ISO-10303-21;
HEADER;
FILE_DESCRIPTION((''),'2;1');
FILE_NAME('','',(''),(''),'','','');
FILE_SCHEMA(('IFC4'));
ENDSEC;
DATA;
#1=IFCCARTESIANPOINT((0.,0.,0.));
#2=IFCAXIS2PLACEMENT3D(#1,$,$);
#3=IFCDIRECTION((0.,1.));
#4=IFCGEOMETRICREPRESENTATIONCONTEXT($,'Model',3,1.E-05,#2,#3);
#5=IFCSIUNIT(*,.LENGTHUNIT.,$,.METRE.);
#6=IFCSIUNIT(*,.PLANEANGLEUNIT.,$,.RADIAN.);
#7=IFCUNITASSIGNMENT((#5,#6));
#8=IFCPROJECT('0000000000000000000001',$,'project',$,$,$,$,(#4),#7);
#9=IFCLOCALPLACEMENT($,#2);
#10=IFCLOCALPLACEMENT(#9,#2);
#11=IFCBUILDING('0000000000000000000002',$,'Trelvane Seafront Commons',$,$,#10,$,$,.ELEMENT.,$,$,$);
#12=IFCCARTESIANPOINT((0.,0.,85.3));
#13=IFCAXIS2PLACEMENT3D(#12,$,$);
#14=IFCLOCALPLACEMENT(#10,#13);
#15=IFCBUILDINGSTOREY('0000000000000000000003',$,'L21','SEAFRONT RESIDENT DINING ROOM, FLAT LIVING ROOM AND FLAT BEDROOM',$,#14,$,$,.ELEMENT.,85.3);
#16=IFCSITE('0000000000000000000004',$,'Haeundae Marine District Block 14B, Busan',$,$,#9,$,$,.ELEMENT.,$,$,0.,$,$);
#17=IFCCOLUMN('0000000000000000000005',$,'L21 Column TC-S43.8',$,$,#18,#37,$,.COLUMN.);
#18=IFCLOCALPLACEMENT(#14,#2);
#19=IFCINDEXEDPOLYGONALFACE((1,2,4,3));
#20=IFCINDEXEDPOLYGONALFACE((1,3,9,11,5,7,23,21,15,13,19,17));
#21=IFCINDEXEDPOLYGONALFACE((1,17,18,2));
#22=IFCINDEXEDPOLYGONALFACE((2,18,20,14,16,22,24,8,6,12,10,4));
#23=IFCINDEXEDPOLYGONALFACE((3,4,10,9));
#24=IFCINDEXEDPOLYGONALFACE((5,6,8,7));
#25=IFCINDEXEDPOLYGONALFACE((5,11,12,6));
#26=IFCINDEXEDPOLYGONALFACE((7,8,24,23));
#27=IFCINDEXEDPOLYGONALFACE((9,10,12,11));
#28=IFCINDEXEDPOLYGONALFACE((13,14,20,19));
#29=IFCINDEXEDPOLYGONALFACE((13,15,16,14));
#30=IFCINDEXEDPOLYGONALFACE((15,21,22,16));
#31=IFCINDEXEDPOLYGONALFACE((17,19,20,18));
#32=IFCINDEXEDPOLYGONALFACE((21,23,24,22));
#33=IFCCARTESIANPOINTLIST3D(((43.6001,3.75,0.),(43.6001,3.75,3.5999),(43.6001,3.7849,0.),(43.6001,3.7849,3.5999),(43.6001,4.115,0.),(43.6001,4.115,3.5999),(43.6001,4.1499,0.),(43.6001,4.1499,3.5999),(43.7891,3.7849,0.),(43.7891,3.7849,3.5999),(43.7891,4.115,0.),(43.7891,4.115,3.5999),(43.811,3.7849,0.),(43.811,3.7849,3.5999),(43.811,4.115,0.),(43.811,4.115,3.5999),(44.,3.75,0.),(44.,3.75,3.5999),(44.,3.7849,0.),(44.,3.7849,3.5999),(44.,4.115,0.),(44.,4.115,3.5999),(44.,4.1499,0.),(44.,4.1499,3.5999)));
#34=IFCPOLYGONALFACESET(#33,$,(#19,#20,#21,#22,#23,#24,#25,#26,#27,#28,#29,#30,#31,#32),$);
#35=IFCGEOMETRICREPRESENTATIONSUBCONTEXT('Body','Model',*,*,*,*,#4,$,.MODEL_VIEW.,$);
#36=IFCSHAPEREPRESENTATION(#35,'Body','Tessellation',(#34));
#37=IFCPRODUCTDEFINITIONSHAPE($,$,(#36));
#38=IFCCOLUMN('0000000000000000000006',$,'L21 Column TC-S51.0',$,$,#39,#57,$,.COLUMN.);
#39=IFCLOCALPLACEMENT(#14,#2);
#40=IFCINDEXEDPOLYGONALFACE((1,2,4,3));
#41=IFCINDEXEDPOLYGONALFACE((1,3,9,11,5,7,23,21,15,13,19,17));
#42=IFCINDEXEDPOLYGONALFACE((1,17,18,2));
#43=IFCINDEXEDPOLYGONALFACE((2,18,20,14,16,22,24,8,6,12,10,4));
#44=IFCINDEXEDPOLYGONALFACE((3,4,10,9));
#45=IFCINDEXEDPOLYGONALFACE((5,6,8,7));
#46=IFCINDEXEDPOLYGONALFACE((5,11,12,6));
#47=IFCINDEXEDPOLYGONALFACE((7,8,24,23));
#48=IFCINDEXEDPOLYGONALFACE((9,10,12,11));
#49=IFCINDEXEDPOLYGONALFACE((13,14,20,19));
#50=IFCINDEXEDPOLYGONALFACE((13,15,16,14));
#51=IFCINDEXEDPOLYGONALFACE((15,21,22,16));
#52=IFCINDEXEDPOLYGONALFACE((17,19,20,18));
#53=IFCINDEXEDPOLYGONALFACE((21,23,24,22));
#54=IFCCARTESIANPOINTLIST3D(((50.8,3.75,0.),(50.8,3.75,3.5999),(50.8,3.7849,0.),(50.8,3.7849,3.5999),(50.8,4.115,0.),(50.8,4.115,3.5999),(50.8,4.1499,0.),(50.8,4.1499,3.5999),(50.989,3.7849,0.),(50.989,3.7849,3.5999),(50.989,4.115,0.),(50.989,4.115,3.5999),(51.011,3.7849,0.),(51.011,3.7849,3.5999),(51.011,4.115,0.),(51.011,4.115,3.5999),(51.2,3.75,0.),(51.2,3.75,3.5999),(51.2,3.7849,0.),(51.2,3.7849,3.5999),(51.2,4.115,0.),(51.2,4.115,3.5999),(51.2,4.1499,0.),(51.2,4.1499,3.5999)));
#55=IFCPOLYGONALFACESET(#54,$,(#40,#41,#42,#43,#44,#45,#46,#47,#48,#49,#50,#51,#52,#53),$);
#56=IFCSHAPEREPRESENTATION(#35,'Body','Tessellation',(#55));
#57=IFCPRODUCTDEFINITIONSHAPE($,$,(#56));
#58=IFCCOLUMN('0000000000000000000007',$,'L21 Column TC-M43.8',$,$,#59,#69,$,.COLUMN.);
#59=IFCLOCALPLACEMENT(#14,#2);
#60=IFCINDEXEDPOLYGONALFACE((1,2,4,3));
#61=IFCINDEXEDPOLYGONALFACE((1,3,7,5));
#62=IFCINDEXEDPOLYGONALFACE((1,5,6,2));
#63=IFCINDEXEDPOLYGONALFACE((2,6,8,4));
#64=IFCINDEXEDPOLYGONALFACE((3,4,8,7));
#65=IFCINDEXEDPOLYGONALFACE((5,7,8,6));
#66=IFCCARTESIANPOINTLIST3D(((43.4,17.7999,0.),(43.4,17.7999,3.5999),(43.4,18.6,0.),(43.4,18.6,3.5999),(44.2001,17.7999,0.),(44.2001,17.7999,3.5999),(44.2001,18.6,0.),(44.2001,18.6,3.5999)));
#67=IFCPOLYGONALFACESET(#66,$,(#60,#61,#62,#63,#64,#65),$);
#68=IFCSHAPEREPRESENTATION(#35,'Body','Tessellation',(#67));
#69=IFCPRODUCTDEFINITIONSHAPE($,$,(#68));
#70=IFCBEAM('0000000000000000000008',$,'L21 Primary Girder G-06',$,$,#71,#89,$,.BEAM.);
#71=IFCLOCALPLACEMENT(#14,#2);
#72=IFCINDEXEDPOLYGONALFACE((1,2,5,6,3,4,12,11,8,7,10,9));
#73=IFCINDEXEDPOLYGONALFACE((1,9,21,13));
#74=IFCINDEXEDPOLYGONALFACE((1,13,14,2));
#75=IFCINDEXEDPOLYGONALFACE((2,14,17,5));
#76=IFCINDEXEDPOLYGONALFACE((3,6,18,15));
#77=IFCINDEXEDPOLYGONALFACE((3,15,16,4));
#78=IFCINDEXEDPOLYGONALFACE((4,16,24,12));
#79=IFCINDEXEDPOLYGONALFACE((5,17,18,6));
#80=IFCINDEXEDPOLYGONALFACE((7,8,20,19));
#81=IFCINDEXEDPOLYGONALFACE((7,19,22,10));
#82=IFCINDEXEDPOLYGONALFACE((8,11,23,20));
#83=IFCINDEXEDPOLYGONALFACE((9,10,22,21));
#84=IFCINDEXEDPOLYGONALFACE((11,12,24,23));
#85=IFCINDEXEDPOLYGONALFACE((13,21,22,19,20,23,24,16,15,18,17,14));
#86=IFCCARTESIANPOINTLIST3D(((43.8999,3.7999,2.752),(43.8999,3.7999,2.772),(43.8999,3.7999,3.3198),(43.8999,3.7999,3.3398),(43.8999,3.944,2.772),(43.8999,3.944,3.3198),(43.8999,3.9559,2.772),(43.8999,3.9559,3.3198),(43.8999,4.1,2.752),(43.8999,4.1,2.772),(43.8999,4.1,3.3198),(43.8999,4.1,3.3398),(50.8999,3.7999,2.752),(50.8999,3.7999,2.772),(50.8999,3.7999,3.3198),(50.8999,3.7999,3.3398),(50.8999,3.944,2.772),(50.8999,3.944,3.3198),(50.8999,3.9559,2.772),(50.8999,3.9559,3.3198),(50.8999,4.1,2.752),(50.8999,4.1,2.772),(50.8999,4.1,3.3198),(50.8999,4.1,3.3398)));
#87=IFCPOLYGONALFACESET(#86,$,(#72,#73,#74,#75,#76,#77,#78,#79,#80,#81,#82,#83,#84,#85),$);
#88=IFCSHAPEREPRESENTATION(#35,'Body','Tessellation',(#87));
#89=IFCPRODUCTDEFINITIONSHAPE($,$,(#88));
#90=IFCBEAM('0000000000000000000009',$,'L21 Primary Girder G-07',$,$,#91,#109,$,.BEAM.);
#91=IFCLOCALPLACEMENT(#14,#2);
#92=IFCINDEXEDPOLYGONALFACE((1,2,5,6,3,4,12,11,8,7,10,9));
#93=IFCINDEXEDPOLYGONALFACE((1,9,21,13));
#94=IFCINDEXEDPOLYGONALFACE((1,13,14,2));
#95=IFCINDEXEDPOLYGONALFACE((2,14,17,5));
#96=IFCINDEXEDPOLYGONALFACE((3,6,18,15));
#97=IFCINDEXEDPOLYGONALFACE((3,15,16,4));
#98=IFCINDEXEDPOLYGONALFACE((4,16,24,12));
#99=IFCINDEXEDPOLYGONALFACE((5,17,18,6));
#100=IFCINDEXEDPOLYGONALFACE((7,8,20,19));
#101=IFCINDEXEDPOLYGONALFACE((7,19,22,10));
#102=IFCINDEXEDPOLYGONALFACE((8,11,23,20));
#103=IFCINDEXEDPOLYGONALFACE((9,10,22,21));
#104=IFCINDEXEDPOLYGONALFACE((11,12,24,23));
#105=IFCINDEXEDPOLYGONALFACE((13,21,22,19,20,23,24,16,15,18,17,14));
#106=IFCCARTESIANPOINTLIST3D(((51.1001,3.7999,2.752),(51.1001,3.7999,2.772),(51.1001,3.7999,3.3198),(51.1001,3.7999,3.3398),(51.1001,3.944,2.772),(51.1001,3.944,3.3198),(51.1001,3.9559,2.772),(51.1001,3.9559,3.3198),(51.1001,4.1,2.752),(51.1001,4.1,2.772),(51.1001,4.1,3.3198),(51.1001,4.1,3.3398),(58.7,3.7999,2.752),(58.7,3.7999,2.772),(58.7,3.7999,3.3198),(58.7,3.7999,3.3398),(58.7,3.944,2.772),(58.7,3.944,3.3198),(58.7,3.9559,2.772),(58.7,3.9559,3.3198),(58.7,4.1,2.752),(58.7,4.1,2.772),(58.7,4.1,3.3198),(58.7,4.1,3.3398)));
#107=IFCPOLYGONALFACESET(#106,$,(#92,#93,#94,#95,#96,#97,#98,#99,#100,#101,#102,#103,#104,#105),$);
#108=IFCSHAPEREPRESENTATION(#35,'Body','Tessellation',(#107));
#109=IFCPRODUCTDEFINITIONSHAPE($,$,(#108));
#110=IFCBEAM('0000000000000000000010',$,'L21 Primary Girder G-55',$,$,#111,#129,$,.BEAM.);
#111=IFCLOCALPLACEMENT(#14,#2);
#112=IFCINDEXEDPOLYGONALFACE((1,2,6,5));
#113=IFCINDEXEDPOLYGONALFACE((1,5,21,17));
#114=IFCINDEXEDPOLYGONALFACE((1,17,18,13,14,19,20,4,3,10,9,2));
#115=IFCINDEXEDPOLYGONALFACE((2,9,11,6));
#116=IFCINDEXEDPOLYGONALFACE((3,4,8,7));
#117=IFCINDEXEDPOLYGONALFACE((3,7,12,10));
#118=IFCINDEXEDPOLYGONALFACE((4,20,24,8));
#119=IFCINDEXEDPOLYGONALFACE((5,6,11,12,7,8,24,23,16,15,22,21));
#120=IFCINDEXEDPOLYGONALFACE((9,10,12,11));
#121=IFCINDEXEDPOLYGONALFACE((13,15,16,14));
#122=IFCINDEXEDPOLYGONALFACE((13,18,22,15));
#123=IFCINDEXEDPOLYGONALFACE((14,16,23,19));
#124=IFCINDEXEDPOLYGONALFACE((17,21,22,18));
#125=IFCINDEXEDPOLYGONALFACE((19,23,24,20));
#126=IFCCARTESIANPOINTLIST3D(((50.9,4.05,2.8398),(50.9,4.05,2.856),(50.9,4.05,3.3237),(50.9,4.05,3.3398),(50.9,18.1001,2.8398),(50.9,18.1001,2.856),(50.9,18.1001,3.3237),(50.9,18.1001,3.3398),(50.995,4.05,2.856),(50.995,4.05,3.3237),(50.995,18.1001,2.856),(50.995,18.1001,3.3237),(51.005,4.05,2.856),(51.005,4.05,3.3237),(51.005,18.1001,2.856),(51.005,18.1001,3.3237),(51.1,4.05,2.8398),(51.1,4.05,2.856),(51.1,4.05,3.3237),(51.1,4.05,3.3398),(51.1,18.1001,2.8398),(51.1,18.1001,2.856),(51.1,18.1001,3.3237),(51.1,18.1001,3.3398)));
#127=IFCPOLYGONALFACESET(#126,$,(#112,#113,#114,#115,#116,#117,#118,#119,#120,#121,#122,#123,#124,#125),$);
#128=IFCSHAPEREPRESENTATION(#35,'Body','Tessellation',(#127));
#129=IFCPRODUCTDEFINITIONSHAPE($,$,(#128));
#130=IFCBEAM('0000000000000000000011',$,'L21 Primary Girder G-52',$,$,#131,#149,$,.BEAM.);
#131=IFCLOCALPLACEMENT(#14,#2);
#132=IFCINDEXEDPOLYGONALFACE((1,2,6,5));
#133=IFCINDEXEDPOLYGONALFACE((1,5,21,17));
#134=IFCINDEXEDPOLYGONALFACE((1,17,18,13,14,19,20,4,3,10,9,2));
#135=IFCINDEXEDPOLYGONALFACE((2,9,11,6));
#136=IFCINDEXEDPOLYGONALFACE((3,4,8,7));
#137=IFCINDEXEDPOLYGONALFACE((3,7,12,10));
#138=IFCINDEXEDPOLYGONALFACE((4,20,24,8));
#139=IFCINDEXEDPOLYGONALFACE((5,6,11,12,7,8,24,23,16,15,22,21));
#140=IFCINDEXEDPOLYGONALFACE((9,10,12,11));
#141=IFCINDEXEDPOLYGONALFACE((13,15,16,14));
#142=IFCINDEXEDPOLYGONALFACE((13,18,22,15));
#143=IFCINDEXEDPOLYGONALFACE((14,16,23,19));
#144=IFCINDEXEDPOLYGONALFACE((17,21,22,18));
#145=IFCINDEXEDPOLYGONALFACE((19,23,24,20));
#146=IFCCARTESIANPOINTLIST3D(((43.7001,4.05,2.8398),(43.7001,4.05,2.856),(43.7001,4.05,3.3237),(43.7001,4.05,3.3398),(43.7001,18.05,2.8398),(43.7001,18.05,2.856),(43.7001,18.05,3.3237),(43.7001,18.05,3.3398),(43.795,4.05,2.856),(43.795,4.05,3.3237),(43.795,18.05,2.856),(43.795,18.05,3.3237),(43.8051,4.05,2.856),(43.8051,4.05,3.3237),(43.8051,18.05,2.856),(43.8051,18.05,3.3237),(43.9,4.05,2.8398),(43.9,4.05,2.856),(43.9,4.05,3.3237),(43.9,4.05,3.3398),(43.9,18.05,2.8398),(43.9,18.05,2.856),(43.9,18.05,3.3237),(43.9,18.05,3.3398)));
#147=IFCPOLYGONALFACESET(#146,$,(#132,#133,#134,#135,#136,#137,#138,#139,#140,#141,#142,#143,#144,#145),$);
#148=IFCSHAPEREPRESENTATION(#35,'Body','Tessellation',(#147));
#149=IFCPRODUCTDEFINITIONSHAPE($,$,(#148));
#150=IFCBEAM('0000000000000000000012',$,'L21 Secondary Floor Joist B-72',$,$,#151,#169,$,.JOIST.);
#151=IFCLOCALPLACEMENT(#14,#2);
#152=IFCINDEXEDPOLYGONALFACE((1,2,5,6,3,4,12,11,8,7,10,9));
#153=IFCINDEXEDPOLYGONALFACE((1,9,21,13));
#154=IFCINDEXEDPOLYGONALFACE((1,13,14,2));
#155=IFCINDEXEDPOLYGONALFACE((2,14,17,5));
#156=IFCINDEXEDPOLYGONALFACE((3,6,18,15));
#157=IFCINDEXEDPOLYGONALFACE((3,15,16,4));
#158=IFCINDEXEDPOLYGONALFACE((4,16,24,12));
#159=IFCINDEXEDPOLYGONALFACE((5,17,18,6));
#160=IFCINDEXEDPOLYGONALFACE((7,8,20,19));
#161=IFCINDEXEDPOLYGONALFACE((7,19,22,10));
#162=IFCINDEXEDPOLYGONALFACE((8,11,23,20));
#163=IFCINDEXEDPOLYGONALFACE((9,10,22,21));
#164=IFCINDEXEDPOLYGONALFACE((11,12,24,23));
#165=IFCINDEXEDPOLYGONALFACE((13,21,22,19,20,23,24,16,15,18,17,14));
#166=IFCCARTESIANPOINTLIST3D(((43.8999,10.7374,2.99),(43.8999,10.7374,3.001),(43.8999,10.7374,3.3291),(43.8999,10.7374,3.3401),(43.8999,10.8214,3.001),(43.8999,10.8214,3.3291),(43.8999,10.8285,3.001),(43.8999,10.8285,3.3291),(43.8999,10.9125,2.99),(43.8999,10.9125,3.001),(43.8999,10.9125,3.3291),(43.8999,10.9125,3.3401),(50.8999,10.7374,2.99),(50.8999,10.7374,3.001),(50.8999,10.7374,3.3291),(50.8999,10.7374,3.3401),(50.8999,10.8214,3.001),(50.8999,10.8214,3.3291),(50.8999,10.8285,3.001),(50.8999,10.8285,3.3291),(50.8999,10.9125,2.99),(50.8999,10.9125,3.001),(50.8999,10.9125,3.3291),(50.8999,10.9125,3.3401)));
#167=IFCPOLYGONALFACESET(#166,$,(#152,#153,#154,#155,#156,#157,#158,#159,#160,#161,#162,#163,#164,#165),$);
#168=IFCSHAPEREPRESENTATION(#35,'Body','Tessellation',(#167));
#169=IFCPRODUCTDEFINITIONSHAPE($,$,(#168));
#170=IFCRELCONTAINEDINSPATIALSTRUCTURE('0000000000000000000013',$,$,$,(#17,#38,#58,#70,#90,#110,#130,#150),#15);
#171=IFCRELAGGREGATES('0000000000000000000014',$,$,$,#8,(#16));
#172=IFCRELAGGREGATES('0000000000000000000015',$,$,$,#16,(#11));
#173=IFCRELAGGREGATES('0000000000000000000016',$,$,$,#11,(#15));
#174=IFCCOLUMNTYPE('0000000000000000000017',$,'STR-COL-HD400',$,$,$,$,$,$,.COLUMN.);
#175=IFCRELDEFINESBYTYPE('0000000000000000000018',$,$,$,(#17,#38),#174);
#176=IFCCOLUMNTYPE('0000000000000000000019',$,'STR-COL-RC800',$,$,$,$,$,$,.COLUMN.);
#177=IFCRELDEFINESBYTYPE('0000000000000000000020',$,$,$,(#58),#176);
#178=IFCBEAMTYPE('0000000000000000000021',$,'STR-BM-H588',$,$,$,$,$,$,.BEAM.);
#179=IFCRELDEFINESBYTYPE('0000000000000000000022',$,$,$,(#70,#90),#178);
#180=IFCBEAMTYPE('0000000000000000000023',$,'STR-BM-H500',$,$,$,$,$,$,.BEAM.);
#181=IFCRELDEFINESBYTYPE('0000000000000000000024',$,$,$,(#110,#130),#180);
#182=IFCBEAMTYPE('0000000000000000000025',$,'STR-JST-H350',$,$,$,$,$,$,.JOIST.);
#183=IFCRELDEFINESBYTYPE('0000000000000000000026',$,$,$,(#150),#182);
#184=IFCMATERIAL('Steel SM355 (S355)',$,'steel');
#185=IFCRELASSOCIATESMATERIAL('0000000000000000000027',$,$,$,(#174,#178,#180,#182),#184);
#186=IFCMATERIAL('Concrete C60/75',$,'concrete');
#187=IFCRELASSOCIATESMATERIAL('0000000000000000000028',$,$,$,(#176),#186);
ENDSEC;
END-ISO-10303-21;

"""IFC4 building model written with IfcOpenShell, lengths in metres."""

from ifc_helpers import new_model, si_unit, direction, frame, origin, origin_2d, place, context, subcontext, project, spatial, rectangle, i_section, extrude, source, transform, mapped, material, material_profile, profile_set, type_object, element, save


model = new_model("IFC4")

# Units and contexts
model_context = context("Model", 3, precision=1e-05, world=origin(), true_north=direction((0.0, 1.0)))
body_context = subcontext(model_context, "Body", "Model", "MODEL_VIEW")
ifc_project = project(units=[si_unit("LENGTHUNIT", "METRE"), si_unit("PLANEANGLEUNIT", "RADIAN")], contexts=[model_context])

# Site, building, storey
site_placement = place(None, origin())
site = spatial("IfcSite", under=ifc_project, at=site_placement, Name="Haeundae Marine District Block 14B, Busan", CompositionType="ELEMENT", RefElevation=0.0)
building_placement = place(site_placement, origin())
building = spatial("IfcBuilding", under=site, at=building_placement, Name="Trelvane Seafront Commons", CompositionType="ELEMENT")
storey_placement = place(building_placement, frame((0.0, 0.0, 85.3)))
storey = spatial("IfcBuildingStorey", under=building, at=storey_placement, Name="L21", Description="SEAFRONT RESIDENT DINING ROOM, FLAT LIVING ROOM AND FLAT BEDROOM", CompositionType="ELEMENT", Elevation=85.3)

# Columns
ifc_material_1 = material(Name="Steel SM355 (S355)", Category="steel")
ifc_material_profile_1 = material_profile(ifc_material_1, i_section(OverallWidth=0.3999, OverallDepth=0.3999, WebThickness=0.022, FlangeThickness=0.0349, at=origin_2d()), Name="HD-400x400x22x35")
ifc_profile_set_1 = profile_set([ifc_material_profile_1], Name="Steel SM355 (S355)")
column_type_1 = type_object("IfcColumnType", Name="STR-COL-HD400", PredefinedType="COLUMN", material=ifc_profile_set_1)
shared_shape_1 = source(origin(), body_context, "Body", "SweptSolid", [
    extrude(i_section(OverallWidth=0.3999, OverallDepth=0.3999, WebThickness=0.022, FlangeThickness=0.0349, at=origin_2d()), origin(), (0.0, 0.0, 1.0), 3.5999),
])
for number, where, z_axis, x_axis, name in (
    (1, (43.8, 3.95, 0.0), (0.0, 0.0, 1.0), (1.0, 0.0, 0.0), "L21 Column TC-S43.8"),
    (2, (51.0, 3.95, 0.0), (0.0, 0.0, 1.0), (1.0, 0.0, 0.0), "L21 Column TC-S51.0"),
):
    element("IfcColumn", number, at=place(storey_placement, frame(where, z_axis=z_axis, x_axis=x_axis)), inside=storey, type_object=column_type_1, Name=name, PredefinedType="COLUMN", context=body_context, shape_type="MappedRepresentation", body=[
        mapped(shared_shape_1, transform((0.0, 0.0, 0.0), x_axis=(1.0, 0.0, 0.0), y_axis=(0.0, 1.0, 0.0), z_axis=(0.0, 0.0, 1.0), scale=1.0)),
    ])
ifc_material_2 = material(Name="Concrete C60/75", Category="concrete")
ifc_material_profile_2 = material_profile(ifc_material_2, rectangle(XDim=0.8, YDim=0.8, at=origin_2d()), Name="RC-800x800")
ifc_profile_set_2 = profile_set([ifc_material_profile_2], Name="Concrete C60/75")
column_type_2 = type_object("IfcColumnType", Name="STR-COL-RC800", PredefinedType="COLUMN", material=ifc_profile_set_2)
shared_shape_2 = source(origin(), body_context, "Body", "SweptSolid", [
    extrude(rectangle(XDim=0.8, YDim=0.8, at=origin_2d()), origin(), (0.0, 0.0, 1.0), 3.5999),
])
column_placement = place(storey_placement, frame((43.8, 18.2, 0.0), z_axis=(0.0, 0.0, 1.0), x_axis=(1.0, 0.0, 0.0)))
element("IfcColumn", 3, at=column_placement, inside=storey, type_object=column_type_2, Name="L21 Column TC-M43.8", PredefinedType="COLUMN", context=body_context, shape_type="MappedRepresentation", body=[
    mapped(shared_shape_2, transform((0.0, 0.0, 0.0), x_axis=(1.0, 0.0, 0.0), y_axis=(0.0, 1.0, 0.0), z_axis=(0.0, 0.0, 1.0), scale=1.0)),
])

# Beams
ifc_material_profile_3 = material_profile(ifc_material_1, i_section(OverallWidth=0.3, OverallDepth=0.5879, WebThickness=0.012, FlangeThickness=0.02, at=origin_2d()), Name="H-588x300x12x20")
ifc_profile_set_3 = profile_set([ifc_material_profile_3], Name="Steel SM355 (S355)")
beam_type_1 = type_object("IfcBeamType", Name="STR-BM-H588", PredefinedType="BEAM", material=ifc_profile_set_3)
shared_shape_3 = source(origin(), body_context, "Body", "SweptSolid", [
    extrude(i_section(OverallWidth=0.3, OverallDepth=0.5879, WebThickness=0.012, FlangeThickness=0.02, at=origin_2d()), origin(), (0.0, 0.0, 1.0), 7.0),
])
beam_1_placement = place(storey_placement, frame((43.8999, 3.95, 3.0459), z_axis=(1.0, 0.0, 0.0), x_axis=(0.0, 1.0, 0.0)))
element("IfcBeam", 4, at=beam_1_placement, inside=storey, type_object=beam_type_1, Name="L21 Primary Girder G-06", PredefinedType="BEAM", context=body_context, shape_type="MappedRepresentation", body=[
    mapped(shared_shape_3, transform((0.0, 0.0, 0.0), x_axis=(1.0, 0.0, 0.0), y_axis=(0.0, 1.0, 0.0), z_axis=(0.0, 0.0, 1.0), scale=1.0)),
])
shared_shape_4 = source(origin(), body_context, "Body", "SweptSolid", [
    extrude(i_section(OverallWidth=0.3, OverallDepth=0.5879, WebThickness=0.012, FlangeThickness=0.02, at=origin_2d()), origin(), (0.0, 0.0, 1.0), 7.5999),
])
beam_2_placement = place(storey_placement, frame((51.1001, 3.95, 3.0459), z_axis=(1.0, 0.0, 0.0), x_axis=(0.0, 1.0, 0.0)))
element("IfcBeam", 5, at=beam_2_placement, inside=storey, type_object=beam_type_1, Name="L21 Primary Girder G-07", PredefinedType="BEAM", context=body_context, shape_type="MappedRepresentation", body=[
    mapped(shared_shape_4, transform((0.0, 0.0, 0.0), x_axis=(1.0, 0.0, 0.0), y_axis=(0.0, 1.0, 0.0), z_axis=(0.0, 0.0, 1.0), scale=1.0)),
])
ifc_material_profile_4 = material_profile(ifc_material_1, i_section(OverallWidth=0.2, OverallDepth=0.5, WebThickness=0.01, FlangeThickness=0.0161, at=origin_2d()), Name="H-500x200x10x16")
ifc_profile_set_4 = profile_set([ifc_material_profile_4], Name="Steel SM355 (S355)")
beam_type_2 = type_object("IfcBeamType", Name="STR-BM-H500", PredefinedType="BEAM", material=ifc_profile_set_4)
shared_shape_5 = source(origin(), body_context, "Body", "SweptSolid", [
    extrude(i_section(OverallWidth=0.2, OverallDepth=0.5, WebThickness=0.01, FlangeThickness=0.0161, at=origin_2d()), origin(), (0.0, 0.0, 1.0), 14.05),
])
beam_3_placement = place(storey_placement, frame((51.0, 4.05, 3.0898), z_axis=(0.0, 1.0, 0.0), x_axis=(-1.0, 0.0, 0.0)))
element("IfcBeam", 6, at=beam_3_placement, inside=storey, type_object=beam_type_2, Name="L21 Primary Girder G-55", PredefinedType="BEAM", context=body_context, shape_type="MappedRepresentation", body=[
    mapped(shared_shape_5, transform((0.0, 0.0, 0.0), x_axis=(1.0, 0.0, 0.0), y_axis=(0.0, 1.0, 0.0), z_axis=(0.0, 0.0, 1.0), scale=1.0)),
])
shared_shape_6 = source(origin(), body_context, "Body", "SweptSolid", [
    extrude(i_section(OverallWidth=0.2, OverallDepth=0.5, WebThickness=0.01, FlangeThickness=0.0161, at=origin_2d()), origin(), (0.0, 0.0, 1.0), 14.0),
])
beam_4_placement = place(storey_placement, frame((43.8, 4.05, 3.0898), z_axis=(0.0, 1.0, 0.0), x_axis=(-1.0, 0.0, 0.0)))
element("IfcBeam", 7, at=beam_4_placement, inside=storey, type_object=beam_type_2, Name="L21 Primary Girder G-52", PredefinedType="BEAM", context=body_context, shape_type="MappedRepresentation", body=[
    mapped(shared_shape_6, transform((0.0, 0.0, 0.0), x_axis=(1.0, 0.0, 0.0), y_axis=(0.0, 1.0, 0.0), z_axis=(0.0, 0.0, 1.0), scale=1.0)),
])
ifc_material_profile_5 = material_profile(ifc_material_1, i_section(OverallWidth=0.175, OverallDepth=0.3501, WebThickness=0.0071, FlangeThickness=0.011, at=origin_2d()), Name="H-350x175x7x11")
ifc_profile_set_5 = profile_set([ifc_material_profile_5], Name="Steel SM355 (S355)")
beam_type_3 = type_object("IfcBeamType", Name="STR-JST-H350", PredefinedType="JOIST", material=ifc_profile_set_5)
shared_shape_7 = source(origin(), body_context, "Body", "SweptSolid", [
    extrude(i_section(OverallWidth=0.175, OverallDepth=0.3501, WebThickness=0.0071, FlangeThickness=0.011, at=origin_2d()), origin(), (0.0, 0.0, 1.0), 7.0),
])
beam_5_placement = place(storey_placement, frame((43.8999, 10.825, 3.165), z_axis=(1.0, 0.0, 0.0), x_axis=(0.0, 1.0, 0.0)))
element("IfcBeam", 8, at=beam_5_placement, inside=storey, type_object=beam_type_3, Name="L21 Secondary Floor Joist B-72", PredefinedType="JOIST", context=body_context, shape_type="MappedRepresentation", body=[
    mapped(shared_shape_7, transform((0.0, 0.0, 0.0), x_axis=(1.0, 0.0, 0.0), y_axis=(0.0, 1.0, 0.0), z_axis=(0.0, 0.0, 1.0), scale=1.0)),
])

save(model, "model.ifc")
